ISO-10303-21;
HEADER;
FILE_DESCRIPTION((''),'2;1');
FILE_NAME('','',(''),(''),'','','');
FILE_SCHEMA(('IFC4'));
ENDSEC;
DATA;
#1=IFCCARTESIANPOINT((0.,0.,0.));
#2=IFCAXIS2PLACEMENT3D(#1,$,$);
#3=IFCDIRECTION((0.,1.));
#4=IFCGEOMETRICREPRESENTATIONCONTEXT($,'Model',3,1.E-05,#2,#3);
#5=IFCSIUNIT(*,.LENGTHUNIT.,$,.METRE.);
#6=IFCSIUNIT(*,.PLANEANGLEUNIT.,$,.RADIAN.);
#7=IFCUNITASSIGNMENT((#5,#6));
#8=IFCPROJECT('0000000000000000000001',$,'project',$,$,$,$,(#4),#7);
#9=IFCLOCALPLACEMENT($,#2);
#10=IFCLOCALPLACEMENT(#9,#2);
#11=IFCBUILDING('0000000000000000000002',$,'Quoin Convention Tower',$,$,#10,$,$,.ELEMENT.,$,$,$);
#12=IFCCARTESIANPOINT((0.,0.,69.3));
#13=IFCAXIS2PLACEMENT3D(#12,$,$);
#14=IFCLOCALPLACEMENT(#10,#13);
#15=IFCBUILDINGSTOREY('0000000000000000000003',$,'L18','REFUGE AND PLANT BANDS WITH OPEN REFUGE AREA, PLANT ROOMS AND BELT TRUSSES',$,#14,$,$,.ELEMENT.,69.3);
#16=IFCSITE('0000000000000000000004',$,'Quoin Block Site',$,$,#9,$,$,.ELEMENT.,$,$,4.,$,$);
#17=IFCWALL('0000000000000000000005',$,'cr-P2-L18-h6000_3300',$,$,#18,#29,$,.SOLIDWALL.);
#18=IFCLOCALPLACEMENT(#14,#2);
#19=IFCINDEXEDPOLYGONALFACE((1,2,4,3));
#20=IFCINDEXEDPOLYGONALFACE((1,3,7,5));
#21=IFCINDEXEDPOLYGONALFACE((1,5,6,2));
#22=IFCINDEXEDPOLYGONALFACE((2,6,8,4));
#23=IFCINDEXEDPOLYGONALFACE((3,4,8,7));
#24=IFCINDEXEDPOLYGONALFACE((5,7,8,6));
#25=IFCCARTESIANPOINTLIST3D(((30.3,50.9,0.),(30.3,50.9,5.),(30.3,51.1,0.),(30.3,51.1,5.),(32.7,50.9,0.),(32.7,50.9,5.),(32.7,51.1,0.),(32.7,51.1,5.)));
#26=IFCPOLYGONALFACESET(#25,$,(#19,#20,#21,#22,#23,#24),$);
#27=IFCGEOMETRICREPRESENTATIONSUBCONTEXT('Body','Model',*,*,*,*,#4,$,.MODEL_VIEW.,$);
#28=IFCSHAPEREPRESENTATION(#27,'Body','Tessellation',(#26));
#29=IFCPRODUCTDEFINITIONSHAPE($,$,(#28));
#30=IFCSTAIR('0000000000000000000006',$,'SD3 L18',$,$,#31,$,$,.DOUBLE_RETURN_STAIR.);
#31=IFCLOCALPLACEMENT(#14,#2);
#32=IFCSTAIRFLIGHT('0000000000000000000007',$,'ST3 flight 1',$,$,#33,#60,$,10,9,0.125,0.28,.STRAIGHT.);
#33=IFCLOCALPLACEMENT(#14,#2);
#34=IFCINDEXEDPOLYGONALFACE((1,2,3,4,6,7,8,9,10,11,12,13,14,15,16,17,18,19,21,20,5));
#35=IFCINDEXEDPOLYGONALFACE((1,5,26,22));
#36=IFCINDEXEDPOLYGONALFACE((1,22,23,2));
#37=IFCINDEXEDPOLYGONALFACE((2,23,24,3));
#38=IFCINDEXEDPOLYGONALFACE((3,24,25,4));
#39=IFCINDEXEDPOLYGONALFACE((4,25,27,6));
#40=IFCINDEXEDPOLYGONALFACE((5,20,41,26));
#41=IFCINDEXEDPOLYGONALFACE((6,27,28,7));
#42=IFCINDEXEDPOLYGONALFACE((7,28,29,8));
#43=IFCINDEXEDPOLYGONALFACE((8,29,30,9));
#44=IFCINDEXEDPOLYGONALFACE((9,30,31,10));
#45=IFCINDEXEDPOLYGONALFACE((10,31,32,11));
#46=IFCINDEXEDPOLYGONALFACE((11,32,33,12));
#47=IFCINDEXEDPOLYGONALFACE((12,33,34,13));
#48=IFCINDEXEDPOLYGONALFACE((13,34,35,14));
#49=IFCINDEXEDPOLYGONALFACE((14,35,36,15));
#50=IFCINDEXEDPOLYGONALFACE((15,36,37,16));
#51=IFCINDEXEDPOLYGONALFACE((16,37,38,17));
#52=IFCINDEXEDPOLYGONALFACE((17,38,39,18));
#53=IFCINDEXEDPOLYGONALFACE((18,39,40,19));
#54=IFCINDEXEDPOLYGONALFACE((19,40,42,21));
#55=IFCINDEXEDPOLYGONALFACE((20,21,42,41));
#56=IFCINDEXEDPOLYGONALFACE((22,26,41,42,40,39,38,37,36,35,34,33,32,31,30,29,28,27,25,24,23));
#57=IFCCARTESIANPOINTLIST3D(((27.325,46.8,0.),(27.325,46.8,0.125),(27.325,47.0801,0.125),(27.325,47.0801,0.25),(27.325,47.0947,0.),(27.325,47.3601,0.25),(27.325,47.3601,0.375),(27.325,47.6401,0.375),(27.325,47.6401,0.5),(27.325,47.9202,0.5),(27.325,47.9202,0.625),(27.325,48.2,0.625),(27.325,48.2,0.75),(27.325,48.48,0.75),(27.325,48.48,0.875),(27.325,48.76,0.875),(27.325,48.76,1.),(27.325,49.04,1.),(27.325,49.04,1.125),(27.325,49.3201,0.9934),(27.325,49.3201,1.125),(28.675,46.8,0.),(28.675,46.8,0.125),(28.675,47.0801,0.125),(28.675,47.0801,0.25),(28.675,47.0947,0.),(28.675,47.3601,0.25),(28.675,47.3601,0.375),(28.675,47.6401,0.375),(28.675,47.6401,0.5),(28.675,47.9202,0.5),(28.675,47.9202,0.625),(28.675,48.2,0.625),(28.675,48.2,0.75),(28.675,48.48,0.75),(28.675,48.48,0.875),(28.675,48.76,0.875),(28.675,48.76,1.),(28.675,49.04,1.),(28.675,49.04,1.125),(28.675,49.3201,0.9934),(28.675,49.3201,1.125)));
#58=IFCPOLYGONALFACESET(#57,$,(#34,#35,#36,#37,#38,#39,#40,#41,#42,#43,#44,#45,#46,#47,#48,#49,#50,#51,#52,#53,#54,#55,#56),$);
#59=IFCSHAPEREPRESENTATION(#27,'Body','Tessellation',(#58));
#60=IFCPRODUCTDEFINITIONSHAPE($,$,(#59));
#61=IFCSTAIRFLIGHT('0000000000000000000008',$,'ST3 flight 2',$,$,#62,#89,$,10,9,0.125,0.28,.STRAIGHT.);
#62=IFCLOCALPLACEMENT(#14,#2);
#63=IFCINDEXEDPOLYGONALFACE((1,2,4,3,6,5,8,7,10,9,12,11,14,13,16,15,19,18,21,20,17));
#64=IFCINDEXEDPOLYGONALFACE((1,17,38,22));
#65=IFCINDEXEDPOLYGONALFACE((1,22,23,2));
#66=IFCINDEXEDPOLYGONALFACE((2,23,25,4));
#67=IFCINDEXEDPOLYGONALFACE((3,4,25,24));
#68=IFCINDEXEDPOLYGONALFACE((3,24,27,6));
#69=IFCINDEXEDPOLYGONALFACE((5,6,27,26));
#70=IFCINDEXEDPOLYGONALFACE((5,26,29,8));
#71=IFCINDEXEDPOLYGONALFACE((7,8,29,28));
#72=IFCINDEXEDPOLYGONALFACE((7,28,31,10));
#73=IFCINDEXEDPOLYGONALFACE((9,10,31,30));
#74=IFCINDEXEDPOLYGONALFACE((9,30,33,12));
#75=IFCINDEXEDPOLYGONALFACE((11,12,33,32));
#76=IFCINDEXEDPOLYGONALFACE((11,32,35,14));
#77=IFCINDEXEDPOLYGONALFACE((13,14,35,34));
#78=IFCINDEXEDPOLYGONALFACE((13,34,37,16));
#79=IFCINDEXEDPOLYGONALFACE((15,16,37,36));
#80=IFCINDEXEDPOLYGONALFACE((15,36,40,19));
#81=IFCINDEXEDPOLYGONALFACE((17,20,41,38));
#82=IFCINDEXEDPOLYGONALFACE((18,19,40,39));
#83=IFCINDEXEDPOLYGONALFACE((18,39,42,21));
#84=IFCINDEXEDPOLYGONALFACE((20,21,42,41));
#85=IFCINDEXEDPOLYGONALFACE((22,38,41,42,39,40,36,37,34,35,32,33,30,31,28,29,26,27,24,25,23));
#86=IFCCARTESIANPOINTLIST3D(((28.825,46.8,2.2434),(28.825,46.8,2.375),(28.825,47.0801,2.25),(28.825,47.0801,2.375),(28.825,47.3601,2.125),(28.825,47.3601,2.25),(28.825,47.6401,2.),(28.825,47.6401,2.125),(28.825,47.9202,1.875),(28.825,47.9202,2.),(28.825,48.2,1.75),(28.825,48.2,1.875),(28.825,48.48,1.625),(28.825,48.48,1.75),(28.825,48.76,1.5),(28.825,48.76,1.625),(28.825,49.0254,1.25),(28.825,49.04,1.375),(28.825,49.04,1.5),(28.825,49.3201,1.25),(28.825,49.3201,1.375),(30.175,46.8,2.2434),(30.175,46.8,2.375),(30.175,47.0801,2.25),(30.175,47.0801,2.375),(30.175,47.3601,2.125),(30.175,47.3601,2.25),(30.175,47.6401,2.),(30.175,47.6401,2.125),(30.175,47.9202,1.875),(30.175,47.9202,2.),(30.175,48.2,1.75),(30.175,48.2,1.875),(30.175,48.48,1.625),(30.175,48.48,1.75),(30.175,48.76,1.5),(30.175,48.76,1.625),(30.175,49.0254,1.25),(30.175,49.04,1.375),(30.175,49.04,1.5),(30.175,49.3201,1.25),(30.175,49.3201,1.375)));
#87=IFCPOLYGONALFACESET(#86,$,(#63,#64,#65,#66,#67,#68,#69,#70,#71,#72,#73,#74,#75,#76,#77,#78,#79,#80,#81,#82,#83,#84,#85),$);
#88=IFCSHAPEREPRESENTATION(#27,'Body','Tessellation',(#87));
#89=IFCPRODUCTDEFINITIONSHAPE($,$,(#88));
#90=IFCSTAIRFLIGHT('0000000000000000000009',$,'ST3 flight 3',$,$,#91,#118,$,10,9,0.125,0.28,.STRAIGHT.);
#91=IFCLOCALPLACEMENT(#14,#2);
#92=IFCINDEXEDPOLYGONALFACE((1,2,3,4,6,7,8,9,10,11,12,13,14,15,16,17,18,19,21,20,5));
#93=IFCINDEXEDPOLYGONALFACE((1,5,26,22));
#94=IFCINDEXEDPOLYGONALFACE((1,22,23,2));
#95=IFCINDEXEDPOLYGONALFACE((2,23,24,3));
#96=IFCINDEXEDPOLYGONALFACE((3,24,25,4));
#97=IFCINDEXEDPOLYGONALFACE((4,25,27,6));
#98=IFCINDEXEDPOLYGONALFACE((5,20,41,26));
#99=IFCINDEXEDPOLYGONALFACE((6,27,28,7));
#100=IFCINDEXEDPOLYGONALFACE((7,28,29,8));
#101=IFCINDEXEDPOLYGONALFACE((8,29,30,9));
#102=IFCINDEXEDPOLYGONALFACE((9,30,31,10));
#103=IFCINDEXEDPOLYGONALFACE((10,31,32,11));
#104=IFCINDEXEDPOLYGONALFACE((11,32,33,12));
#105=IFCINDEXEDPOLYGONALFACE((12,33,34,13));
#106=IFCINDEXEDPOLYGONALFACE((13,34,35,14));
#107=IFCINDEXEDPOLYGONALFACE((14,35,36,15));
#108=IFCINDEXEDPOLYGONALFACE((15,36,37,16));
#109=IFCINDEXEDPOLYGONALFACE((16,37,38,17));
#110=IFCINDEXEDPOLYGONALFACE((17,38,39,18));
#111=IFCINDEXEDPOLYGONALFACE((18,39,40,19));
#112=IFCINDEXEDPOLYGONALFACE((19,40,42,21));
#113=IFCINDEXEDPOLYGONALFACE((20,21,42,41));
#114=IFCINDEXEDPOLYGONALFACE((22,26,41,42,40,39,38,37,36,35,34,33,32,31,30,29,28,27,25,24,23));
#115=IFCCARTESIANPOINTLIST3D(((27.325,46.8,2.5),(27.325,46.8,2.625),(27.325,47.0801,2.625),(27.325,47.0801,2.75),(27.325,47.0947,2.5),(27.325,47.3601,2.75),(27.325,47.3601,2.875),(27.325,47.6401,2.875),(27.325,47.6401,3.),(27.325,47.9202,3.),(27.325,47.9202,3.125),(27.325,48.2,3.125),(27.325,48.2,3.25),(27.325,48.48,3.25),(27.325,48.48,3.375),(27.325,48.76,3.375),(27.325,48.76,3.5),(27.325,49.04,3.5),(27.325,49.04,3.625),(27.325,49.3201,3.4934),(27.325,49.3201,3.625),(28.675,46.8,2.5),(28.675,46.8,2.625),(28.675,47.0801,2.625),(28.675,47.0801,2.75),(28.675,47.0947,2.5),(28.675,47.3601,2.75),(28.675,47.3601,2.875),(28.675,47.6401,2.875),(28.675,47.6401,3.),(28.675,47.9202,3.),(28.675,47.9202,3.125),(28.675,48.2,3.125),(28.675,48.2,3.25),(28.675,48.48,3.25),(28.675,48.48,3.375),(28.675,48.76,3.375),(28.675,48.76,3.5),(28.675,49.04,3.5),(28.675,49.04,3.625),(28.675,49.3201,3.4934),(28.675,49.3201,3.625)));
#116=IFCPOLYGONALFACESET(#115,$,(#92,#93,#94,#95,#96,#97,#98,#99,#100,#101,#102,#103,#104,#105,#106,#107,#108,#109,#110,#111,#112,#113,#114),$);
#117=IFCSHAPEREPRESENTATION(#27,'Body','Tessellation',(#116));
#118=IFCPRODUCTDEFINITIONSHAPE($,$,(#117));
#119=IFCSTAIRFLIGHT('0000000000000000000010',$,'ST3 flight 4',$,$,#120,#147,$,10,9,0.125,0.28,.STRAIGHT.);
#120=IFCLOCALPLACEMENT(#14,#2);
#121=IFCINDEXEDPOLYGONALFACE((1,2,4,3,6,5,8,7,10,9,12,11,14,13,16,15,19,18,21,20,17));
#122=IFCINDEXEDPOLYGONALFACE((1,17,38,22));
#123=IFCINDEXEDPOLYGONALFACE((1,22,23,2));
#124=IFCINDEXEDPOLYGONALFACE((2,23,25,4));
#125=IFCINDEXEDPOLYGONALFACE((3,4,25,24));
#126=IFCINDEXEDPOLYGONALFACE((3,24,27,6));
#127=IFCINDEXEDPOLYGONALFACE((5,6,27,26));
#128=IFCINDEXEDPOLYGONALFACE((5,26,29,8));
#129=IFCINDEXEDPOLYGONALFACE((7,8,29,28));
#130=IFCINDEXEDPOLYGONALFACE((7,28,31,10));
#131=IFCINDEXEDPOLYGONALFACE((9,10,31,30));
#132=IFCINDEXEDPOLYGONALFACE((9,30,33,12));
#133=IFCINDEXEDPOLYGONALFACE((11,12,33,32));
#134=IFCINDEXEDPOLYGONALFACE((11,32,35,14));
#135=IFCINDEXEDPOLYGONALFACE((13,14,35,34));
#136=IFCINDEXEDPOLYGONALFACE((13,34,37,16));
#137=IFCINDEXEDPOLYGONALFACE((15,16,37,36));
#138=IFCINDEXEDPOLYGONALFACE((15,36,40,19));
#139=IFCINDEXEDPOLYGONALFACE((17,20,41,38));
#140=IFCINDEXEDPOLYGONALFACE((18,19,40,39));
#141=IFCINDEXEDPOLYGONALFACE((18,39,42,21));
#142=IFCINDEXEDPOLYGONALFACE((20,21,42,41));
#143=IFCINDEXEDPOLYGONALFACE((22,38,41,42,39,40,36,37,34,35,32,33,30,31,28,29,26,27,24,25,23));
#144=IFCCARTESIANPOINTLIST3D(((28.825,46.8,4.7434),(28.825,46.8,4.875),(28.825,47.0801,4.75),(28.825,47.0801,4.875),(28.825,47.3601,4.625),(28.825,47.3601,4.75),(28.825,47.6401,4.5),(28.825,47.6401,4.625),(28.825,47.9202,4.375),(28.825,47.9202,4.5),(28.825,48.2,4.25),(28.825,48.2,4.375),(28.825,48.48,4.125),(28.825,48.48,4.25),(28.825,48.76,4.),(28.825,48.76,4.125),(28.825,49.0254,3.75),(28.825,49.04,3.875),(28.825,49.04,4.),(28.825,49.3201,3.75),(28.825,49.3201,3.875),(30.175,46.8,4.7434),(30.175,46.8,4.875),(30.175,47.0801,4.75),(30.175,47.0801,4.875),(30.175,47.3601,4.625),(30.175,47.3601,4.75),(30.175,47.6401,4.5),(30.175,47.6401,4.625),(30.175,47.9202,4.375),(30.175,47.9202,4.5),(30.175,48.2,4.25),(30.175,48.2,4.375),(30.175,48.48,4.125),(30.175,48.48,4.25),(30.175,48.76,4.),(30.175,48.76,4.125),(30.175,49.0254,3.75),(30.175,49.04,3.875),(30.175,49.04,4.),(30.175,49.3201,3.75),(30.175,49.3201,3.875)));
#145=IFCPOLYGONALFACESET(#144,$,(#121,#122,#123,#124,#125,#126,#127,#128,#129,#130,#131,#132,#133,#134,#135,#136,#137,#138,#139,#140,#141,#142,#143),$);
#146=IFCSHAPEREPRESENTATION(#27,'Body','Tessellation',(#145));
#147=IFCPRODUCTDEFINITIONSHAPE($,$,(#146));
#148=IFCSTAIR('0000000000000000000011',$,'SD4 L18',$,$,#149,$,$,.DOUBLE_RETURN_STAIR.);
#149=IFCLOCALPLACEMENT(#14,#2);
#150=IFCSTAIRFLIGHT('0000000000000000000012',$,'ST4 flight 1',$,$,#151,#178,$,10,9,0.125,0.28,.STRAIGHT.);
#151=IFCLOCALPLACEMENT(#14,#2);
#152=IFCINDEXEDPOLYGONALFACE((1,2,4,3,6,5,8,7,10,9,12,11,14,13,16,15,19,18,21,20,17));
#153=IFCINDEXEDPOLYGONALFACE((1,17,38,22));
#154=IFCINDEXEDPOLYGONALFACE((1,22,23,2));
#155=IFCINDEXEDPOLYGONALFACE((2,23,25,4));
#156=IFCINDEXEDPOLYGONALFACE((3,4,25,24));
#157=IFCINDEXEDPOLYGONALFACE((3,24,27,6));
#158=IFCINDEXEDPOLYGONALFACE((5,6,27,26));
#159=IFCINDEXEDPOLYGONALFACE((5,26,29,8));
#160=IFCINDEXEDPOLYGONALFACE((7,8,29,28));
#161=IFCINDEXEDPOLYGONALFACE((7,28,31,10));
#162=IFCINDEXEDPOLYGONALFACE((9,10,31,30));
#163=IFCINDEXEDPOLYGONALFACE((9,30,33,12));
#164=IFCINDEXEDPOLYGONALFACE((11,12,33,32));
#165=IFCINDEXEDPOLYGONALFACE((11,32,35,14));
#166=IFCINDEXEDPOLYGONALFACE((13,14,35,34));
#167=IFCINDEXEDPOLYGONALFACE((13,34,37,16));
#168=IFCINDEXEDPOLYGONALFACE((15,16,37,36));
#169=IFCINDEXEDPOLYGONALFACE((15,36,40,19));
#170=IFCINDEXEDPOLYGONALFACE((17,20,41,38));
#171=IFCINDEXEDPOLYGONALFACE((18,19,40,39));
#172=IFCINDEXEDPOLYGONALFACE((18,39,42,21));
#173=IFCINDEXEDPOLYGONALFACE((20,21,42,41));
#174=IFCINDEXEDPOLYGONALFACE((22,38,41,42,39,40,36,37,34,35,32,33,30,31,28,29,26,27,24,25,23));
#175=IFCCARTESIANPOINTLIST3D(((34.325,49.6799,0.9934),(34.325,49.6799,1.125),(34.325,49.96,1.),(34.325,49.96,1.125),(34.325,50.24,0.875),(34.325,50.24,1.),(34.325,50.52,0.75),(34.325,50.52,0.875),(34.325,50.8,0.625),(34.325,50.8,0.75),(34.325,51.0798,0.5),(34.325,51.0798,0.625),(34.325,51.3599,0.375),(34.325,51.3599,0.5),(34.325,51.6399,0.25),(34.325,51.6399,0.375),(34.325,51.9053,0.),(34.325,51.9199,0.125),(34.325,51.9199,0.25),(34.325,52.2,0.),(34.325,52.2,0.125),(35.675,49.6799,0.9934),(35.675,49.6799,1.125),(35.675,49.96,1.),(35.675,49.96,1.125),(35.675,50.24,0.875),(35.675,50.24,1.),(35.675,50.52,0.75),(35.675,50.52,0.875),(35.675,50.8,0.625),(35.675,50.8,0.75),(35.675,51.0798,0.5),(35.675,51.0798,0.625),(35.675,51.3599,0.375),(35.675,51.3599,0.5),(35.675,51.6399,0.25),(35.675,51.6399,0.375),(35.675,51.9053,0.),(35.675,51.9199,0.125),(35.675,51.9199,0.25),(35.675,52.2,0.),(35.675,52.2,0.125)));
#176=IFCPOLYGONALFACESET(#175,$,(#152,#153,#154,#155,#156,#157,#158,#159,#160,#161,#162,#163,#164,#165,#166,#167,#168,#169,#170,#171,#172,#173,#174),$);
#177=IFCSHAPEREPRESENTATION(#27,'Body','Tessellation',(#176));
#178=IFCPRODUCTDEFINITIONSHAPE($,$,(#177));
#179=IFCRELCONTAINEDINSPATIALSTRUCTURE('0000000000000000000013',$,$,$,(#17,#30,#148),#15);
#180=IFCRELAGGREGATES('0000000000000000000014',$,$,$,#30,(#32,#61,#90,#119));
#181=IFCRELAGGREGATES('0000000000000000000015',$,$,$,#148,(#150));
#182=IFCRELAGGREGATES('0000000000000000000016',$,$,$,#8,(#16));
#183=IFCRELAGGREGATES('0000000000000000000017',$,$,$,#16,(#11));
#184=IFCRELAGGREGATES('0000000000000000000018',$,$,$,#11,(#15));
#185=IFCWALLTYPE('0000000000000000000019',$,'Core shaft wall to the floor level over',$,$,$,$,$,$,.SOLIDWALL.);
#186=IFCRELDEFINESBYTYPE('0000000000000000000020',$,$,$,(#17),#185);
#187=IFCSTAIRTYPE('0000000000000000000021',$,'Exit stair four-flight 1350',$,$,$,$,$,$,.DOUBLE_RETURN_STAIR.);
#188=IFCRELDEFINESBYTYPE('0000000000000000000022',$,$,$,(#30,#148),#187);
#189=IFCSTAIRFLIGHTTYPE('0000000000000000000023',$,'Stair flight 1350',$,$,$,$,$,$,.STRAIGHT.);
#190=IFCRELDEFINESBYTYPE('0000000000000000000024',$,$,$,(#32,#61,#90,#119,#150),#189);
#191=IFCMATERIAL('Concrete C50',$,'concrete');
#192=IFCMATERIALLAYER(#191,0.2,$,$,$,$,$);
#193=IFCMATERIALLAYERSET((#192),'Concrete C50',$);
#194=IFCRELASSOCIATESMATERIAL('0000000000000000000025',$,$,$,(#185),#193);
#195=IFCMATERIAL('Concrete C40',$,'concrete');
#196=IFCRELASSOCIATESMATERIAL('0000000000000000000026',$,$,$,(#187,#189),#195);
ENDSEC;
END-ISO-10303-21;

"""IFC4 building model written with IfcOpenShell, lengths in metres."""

from ifc_helpers import new_model, si_unit, direction, frame, frame_2d, origin, place, context, subcontext, project, spatial, polyline, rectangle, outline, extrude, material, layer, layer_set, type_object, element, aggregate, save


model = new_model("IFC4")

# Units and contexts
model_context = context("Model", 3, precision=1e-05, world=origin(), true_north=direction((0.0, 1.0)))
body_context = subcontext(model_context, "Body", "Model", "MODEL_VIEW")
ifc_project = project(units=[si_unit("LENGTHUNIT", "METRE"), si_unit("PLANEANGLEUNIT", "RADIAN")], contexts=[model_context])

# Site, building, storey
site_placement = place(None, origin())
site = spatial("IfcSite", under=ifc_project, at=site_placement, Name="Quoin Block Site", CompositionType="ELEMENT", RefElevation=4.0)
building_placement = place(site_placement, origin())
building = spatial("IfcBuilding", under=site, at=building_placement, Name="Quoin Convention Tower", CompositionType="ELEMENT")
storey_placement = place(building_placement, frame((0.0, 0.0, 69.3)))
storey = spatial("IfcBuildingStorey", under=building, at=storey_placement, Name="L18", Description="REFUGE AND PLANT BANDS WITH OPEN REFUGE AREA, PLANT ROOMS AND BELT TRUSSES", CompositionType="ELEMENT", Elevation=69.3)

# Wall
ifc_material_1 = material(Name="Concrete C50", Category="concrete")
ifc_layer_1 = layer(ifc_material_1, 0.2)
ifc_layer_set_1 = layer_set([ifc_layer_1], Name="Concrete C50")
wall_type_1 = type_object("IfcWallType", Name="Core shaft wall to the floor level over", PredefinedType="SOLIDWALL", material=ifc_layer_set_1)
wall_1_placement = place(storey_placement, frame((30.3, 51.0, 0.0), z_axis=(0.0, 0.0, 1.0), x_axis=(1.0, 0.0, 0.0)))
element("IfcWall", 1, at=wall_1_placement, inside=storey, type_object=wall_type_1, Name="cr-P2-L18-h6000_3300", PredefinedType="SOLIDWALL", context=body_context, shape_type="SweptSolid", body=[
    extrude(rectangle(XDim=2.3999, YDim=0.2, at=frame_2d((1.2, 0.0))), origin(), (0.0, 0.0, 1.0), 5.0),
])

# Stairs, stair flights
ifc_material_2 = material(Name="Concrete C40", Category="concrete")
stair_type = type_object("IfcStairType", Name="Exit stair four-flight 1350", PredefinedType="DOUBLE_RETURN_STAIR", material=ifc_material_2)
stair_1_placement = place(storey_placement, origin())
stair_1 = element("IfcStair", 2, at=stair_1_placement, inside=storey, type_object=stair_type, Name="SD3 L18", PredefinedType="DOUBLE_RETURN_STAIR")
stair_flight_type = type_object("IfcStairFlightType", Name="Stair flight 1350", PredefinedType="STRAIGHT", material=ifc_material_2)
stair_flight_1_placement = place(storey_placement, frame((28.0, 46.8, 0.0), z_axis=(0.0, 0.0, 1.0), x_axis=(0.0, 1.0, 0.0)))
stair_flight_1 = element("IfcStairFlight", 3, at=stair_flight_1_placement, type_object=stair_flight_type, Name="ST3 flight 1", NumberOfRisers=10, NumberOfTreads=9, PredefinedType="STRAIGHT", RiserHeight=0.125, TreadLength=0.28, context=body_context, shape_type="SweptSolid", body=[
    extrude(outline(polyline([(0.0, 0.0), (0.0, 0.125), (0.28, 0.125), (0.28, 0.25), (0.5601, 0.25), (0.5601, 0.375), (0.8401, 0.375), (0.8401, 0.5), (1.1201, 0.5), (1.1201, 0.625), (1.3999, 0.625), (1.3999, 0.75), (1.6799, 0.75), (1.6799, 0.875), (1.96, 0.875), (1.96, 1.0), (2.24, 1.0), (2.24, 1.125), (2.52, 1.125), (2.52, 1.25), (2.52, 0.9934), (0.2947, 0.0), (0.0, 0.0)])), frame((0.0, 0.675, 0.0), z_axis=(0.0, -1.0, 0.0), x_axis=(1.0, 0.0, 0.0)), (0.0, 0.0, 1.0), 1.3501),
])
stair_flight_2_placement = place(storey_placement, frame((29.5, 49.3201, 1.25), z_axis=(0.0, 0.0, 1.0), x_axis=(0.0, -1.0, 0.0)))
stair_flight_2 = element("IfcStairFlight", 4, at=stair_flight_2_placement, type_object=stair_flight_type, Name="ST3 flight 2", NumberOfRisers=10, NumberOfTreads=9, PredefinedType="STRAIGHT", RiserHeight=0.125, TreadLength=0.28, context=body_context, shape_type="SweptSolid", body=[
    extrude(outline(polyline([(0.0, 0.0), (0.0, 0.125), (0.28, 0.125), (0.28, 0.25), (0.5601, 0.25), (0.5601, 0.375), (0.8401, 0.375), (0.8401, 0.5), (1.1201, 0.5), (1.1201, 0.625), (1.3999, 0.625), (1.3999, 0.75), (1.6799, 0.75), (1.6799, 0.875), (1.96, 0.875), (1.96, 1.0), (2.24, 1.0), (2.24, 1.125), (2.52, 1.125), (2.52, 1.25), (2.52, 0.9934), (0.2947, 0.0), (0.0, 0.0)])), frame((0.0, 0.675, 0.0), z_axis=(0.0, -1.0, 0.0), x_axis=(1.0, 0.0, 0.0)), (0.0, 0.0, 1.0), 1.3501),
])
stair_flight_3_placement = place(storey_placement, frame((28.0, 46.8, 2.5), z_axis=(0.0, 0.0, 1.0), x_axis=(0.0, 1.0, 0.0)))
stair_flight_3 = element("IfcStairFlight", 5, at=stair_flight_3_placement, type_object=stair_flight_type, Name="ST3 flight 3", NumberOfRisers=10, NumberOfTreads=9, PredefinedType="STRAIGHT", RiserHeight=0.125, TreadLength=0.28, context=body_context, shape_type="SweptSolid", body=[
    extrude(outline(polyline([(0.0, 0.0), (0.0, 0.125), (0.28, 0.125), (0.28, 0.25), (0.5601, 0.25), (0.5601, 0.375), (0.8401, 0.375), (0.8401, 0.5), (1.1201, 0.5), (1.1201, 0.625), (1.3999, 0.625), (1.3999, 0.75), (1.6799, 0.75), (1.6799, 0.875), (1.96, 0.875), (1.96, 1.0), (2.24, 1.0), (2.24, 1.125), (2.52, 1.125), (2.52, 1.25), (2.52, 0.9934), (0.2947, 0.0), (0.0, 0.0)])), frame((0.0, 0.675, 0.0), z_axis=(0.0, -1.0, 0.0), x_axis=(1.0, 0.0, 0.0)), (0.0, 0.0, 1.0), 1.3501),
])
stair_flight_4_placement = place(storey_placement, frame((29.5, 49.3201, 3.75), z_axis=(0.0, 0.0, 1.0), x_axis=(0.0, -1.0, 0.0)))
stair_flight_4 = element("IfcStairFlight", 6, at=stair_flight_4_placement, type_object=stair_flight_type, Name="ST3 flight 4", NumberOfRisers=10, NumberOfTreads=9, PredefinedType="STRAIGHT", RiserHeight=0.125, TreadLength=0.28, context=body_context, shape_type="SweptSolid", body=[
    extrude(outline(polyline([(0.0, 0.0), (0.0, 0.125), (0.28, 0.125), (0.28, 0.25), (0.5601, 0.25), (0.5601, 0.375), (0.8401, 0.375), (0.8401, 0.5), (1.1201, 0.5), (1.1201, 0.625), (1.3999, 0.625), (1.3999, 0.75), (1.6799, 0.75), (1.6799, 0.875), (1.96, 0.875), (1.96, 1.0), (2.24, 1.0), (2.24, 1.125), (2.52, 1.125), (2.52, 1.25), (2.52, 0.9934), (0.2947, 0.0), (0.0, 0.0)])), frame((0.0, 0.675, 0.0), z_axis=(0.0, -1.0, 0.0), x_axis=(1.0, 0.0, 0.0)), (0.0, 0.0, 1.0), 1.3501),
])
aggregate(stair_1, [stair_flight_1, stair_flight_2, stair_flight_3, stair_flight_4])
stair_2_placement = place(storey_placement, origin())
stair_2 = element("IfcStair", 7, at=stair_2_placement, inside=storey, type_object=stair_type, Name="SD4 L18", PredefinedType="DOUBLE_RETURN_STAIR")
stair_flight_5_placement = place(storey_placement, frame((35.0, 52.2, 0.0), z_axis=(0.0, 0.0, 1.0), x_axis=(0.0, -1.0, 0.0)))
stair_flight_5 = element("IfcStairFlight", 8, at=stair_flight_5_placement, type_object=stair_flight_type, Name="ST4 flight 1", NumberOfRisers=10, NumberOfTreads=9, PredefinedType="STRAIGHT", RiserHeight=0.125, TreadLength=0.28, context=body_context, shape_type="SweptSolid", body=[
    extrude(outline(polyline([(0.0, 0.0), (0.0, 0.125), (0.28, 0.125), (0.28, 0.25), (0.5601, 0.25), (0.5601, 0.375), (0.8401, 0.375), (0.8401, 0.5), (1.1201, 0.5), (1.1201, 0.625), (1.3999, 0.625), (1.3999, 0.75), (1.6799, 0.75), (1.6799, 0.875), (1.96, 0.875), (1.96, 1.0), (2.24, 1.0), (2.24, 1.125), (2.52, 1.125), (2.52, 1.25), (2.52, 0.9934), (0.2947, 0.0), (0.0, 0.0)])), frame((0.0, 0.675, 0.0), z_axis=(0.0, -1.0, 0.0), x_axis=(1.0, 0.0, 0.0)), (0.0, 0.0, 1.0), 1.3501),
])
aggregate(stair_2, [stair_flight_5])

save(model, "model.ifc")
